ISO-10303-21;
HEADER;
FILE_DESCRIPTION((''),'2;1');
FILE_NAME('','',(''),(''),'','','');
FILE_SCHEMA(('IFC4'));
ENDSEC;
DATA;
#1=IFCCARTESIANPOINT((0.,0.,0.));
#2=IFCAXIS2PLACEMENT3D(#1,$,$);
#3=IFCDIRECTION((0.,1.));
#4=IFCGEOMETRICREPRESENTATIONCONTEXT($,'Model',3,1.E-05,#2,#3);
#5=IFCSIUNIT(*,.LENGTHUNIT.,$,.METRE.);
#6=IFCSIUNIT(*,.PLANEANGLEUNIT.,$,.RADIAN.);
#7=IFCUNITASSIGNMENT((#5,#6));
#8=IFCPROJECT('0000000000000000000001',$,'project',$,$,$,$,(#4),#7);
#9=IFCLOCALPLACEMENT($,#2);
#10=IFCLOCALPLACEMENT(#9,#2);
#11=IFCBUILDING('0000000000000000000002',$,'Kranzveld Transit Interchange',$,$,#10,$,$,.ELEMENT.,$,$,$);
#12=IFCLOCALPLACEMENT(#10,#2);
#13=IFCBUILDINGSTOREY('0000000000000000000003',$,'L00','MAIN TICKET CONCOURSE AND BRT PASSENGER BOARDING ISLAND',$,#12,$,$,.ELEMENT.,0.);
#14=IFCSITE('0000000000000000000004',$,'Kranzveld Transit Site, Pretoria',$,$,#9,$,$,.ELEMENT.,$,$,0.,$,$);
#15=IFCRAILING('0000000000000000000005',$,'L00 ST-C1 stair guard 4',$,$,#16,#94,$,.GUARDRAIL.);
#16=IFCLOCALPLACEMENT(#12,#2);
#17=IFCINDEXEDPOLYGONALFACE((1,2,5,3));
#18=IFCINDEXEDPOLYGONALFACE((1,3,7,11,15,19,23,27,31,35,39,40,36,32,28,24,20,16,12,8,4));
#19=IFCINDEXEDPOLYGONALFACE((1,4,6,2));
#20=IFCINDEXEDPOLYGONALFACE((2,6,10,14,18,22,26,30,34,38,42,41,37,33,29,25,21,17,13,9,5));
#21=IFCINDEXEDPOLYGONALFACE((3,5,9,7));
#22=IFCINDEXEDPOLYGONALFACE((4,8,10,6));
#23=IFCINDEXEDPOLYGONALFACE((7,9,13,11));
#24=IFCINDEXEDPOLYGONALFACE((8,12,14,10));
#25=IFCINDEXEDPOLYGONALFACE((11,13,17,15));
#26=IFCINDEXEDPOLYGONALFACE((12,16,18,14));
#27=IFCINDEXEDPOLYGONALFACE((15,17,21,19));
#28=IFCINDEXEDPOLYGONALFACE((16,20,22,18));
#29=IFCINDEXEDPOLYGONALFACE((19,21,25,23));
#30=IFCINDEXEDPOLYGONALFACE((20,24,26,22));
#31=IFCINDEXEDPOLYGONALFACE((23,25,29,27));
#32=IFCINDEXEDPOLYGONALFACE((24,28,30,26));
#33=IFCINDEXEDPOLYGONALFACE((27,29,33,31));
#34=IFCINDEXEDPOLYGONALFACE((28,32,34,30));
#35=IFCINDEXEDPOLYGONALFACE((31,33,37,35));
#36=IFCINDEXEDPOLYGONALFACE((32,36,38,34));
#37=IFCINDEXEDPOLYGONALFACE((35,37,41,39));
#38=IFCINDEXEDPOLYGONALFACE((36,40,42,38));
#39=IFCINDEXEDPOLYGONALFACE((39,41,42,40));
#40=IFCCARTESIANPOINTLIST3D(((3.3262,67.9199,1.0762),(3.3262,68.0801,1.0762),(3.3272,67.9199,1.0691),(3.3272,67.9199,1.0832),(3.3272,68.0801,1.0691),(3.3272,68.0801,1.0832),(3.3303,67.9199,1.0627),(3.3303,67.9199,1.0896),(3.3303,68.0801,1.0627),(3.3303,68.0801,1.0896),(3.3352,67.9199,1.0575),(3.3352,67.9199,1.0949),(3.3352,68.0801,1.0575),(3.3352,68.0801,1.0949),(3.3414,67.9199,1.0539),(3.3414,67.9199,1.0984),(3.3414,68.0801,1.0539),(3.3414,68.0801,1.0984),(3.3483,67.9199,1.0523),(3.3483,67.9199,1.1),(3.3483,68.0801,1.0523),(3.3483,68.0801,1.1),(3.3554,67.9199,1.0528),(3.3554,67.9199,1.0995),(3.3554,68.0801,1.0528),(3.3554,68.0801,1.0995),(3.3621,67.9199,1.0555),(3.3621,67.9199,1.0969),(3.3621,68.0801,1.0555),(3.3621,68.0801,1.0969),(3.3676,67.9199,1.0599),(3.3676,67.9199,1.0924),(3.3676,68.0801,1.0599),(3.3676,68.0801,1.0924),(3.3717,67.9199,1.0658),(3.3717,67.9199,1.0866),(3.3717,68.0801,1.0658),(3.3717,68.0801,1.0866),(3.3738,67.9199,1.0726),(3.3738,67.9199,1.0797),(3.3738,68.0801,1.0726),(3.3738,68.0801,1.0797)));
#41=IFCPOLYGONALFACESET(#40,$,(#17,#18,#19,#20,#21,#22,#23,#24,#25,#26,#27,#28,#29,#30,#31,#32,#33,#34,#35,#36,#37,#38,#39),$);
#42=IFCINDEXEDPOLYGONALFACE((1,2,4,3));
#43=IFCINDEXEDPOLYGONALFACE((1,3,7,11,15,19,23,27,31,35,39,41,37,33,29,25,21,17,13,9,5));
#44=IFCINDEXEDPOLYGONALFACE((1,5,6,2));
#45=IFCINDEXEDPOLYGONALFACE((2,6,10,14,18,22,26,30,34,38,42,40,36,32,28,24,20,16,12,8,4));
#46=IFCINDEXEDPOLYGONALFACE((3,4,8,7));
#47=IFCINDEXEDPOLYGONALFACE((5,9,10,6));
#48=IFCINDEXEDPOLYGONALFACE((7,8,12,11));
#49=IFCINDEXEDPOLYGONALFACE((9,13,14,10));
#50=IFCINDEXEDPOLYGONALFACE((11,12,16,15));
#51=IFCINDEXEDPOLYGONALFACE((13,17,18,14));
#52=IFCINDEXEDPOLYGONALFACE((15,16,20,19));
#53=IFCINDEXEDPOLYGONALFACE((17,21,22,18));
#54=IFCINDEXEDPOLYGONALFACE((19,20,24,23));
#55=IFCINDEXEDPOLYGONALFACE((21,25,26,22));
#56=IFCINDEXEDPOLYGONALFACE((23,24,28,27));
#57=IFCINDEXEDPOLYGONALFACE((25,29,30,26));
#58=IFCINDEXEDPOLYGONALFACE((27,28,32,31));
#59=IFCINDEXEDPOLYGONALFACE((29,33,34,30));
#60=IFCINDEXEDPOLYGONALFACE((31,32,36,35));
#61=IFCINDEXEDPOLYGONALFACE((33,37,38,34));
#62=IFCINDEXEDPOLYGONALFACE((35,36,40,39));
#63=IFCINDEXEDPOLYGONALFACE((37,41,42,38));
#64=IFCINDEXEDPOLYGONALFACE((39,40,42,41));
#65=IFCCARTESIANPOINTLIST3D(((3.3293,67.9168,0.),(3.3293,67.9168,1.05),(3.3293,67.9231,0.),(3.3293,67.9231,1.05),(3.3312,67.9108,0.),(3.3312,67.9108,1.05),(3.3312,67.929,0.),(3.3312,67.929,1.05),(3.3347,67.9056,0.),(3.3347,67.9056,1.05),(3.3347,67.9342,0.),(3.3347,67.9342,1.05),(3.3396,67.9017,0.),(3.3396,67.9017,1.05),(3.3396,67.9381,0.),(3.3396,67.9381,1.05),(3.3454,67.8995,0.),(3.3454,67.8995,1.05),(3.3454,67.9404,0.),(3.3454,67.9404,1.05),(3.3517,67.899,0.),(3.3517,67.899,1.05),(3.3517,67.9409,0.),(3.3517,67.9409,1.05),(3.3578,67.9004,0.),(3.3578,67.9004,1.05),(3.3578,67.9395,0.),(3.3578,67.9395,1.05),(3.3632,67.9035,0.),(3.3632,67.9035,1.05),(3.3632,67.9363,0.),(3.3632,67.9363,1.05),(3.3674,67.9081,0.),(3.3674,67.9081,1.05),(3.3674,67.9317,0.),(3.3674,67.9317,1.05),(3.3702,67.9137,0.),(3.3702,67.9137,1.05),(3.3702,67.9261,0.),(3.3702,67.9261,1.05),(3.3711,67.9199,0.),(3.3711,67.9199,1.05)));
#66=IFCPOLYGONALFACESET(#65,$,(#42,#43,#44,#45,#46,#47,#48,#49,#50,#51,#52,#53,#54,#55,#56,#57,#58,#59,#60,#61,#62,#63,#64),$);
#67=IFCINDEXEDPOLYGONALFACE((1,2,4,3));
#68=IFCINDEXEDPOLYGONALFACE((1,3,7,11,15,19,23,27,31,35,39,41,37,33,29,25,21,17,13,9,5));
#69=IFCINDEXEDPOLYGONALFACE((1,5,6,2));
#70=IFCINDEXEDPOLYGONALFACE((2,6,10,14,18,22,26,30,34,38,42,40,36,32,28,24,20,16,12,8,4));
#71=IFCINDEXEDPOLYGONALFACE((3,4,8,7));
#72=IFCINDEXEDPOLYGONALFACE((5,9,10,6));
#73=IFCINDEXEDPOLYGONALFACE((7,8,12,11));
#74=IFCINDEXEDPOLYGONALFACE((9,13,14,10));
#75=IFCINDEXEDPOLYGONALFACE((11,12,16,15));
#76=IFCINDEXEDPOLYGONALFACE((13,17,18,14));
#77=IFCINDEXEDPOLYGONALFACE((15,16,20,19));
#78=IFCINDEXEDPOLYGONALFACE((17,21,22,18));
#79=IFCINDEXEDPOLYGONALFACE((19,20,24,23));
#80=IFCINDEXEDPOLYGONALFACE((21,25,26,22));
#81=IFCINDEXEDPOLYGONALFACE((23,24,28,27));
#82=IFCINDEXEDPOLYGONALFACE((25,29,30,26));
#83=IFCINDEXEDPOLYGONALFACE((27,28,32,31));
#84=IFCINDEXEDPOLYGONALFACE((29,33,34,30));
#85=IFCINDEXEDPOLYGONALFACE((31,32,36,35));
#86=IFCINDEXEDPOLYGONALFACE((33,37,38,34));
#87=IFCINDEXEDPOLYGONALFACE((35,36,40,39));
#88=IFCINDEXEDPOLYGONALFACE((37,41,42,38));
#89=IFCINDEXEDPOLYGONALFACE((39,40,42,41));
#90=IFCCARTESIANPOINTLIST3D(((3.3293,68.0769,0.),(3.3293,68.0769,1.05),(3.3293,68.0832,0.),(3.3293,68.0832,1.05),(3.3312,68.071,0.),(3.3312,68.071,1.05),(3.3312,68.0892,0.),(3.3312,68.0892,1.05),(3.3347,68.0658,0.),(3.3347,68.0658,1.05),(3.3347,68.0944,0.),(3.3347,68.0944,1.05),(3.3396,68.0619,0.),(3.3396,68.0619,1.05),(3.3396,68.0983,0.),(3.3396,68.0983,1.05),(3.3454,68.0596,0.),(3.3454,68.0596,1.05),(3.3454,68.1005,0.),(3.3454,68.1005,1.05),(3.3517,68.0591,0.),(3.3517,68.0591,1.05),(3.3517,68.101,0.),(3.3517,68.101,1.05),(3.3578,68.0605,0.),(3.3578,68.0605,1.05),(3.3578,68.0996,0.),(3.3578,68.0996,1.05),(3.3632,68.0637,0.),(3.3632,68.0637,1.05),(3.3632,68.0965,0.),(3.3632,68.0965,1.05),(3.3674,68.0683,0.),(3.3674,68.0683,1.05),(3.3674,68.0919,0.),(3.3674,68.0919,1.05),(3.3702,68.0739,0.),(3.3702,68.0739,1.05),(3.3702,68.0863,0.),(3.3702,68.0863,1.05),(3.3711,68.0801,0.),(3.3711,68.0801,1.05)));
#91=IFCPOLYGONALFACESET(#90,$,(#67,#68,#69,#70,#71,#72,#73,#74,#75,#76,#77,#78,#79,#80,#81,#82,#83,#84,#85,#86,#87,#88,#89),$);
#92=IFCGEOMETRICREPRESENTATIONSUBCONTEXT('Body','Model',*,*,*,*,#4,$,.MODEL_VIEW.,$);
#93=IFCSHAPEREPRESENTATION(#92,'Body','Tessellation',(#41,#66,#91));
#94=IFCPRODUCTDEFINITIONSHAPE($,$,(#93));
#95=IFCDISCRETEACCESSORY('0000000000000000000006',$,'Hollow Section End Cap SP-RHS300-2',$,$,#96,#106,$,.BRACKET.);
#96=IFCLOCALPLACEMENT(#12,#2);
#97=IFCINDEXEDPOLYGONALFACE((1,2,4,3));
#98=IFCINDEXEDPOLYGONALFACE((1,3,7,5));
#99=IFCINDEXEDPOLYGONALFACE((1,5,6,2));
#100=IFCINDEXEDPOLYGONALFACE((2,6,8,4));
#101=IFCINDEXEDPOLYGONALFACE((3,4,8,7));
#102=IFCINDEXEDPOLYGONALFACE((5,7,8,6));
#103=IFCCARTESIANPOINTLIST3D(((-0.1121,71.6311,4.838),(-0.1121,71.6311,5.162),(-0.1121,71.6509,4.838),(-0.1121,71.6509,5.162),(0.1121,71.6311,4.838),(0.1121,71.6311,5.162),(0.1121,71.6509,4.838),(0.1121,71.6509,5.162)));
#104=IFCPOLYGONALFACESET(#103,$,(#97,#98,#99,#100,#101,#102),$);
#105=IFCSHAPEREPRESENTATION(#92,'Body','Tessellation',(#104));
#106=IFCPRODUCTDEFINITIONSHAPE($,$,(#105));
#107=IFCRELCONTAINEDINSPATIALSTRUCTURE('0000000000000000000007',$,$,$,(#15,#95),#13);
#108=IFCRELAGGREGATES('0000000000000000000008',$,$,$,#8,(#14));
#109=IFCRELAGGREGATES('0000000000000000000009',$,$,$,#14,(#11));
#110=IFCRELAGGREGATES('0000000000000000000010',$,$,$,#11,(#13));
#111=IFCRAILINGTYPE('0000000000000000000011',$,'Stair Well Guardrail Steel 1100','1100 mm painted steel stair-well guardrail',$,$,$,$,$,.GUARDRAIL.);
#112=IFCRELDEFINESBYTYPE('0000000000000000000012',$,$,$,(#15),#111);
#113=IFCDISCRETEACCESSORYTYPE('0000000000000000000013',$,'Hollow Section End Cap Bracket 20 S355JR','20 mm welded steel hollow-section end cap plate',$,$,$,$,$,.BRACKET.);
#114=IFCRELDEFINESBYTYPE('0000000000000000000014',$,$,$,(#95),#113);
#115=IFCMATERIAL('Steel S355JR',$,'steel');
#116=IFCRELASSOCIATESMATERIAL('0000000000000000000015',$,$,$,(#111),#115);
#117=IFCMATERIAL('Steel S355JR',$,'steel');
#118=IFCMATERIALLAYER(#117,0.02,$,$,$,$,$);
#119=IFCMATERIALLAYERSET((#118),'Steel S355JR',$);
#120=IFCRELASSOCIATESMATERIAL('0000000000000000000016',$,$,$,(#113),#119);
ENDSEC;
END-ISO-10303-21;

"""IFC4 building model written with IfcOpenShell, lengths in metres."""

from ifc_helpers import new_model, si_unit, direction, frame, origin, origin_2d, place, context, subcontext, project, spatial, rectangle, circle, extrude, material, layer, layer_set, type_object, element, save


model = new_model("IFC4")

# Units and contexts
model_context = context("Model", 3, precision=1e-05, world=origin(), true_north=direction((0.0, 1.0)))
body_context = subcontext(model_context, "Body", "Model", "MODEL_VIEW")
ifc_project = project(units=[si_unit("LENGTHUNIT", "METRE"), si_unit("PLANEANGLEUNIT", "RADIAN")], contexts=[model_context])

# Site, building, storey
site_placement = place(None, origin())
site = spatial("IfcSite", under=ifc_project, at=site_placement, Name="Kranzveld Transit Site, Pretoria", CompositionType="ELEMENT", RefElevation=0.0)
building_placement = place(site_placement, origin())
building = spatial("IfcBuilding", under=site, at=building_placement, Name="Kranzveld Transit Interchange", CompositionType="ELEMENT")
storey_placement = place(building_placement, origin())
storey = spatial("IfcBuildingStorey", under=building, at=storey_placement, Name="L00", Description="MAIN TICKET CONCOURSE AND BRT PASSENGER BOARDING ISLAND", CompositionType="ELEMENT", Elevation=0.0)

# Railing
ifc_material_1 = material(Name="Steel S355JR", Category="steel")
railing_type_1 = type_object("IfcRailingType", Name="Stair Well Guardrail Steel 1100", Description="1100 mm painted steel stair-well guardrail", PredefinedType="GUARDRAIL", material=ifc_material_1)
railing_1_placement = place(storey_placement, frame((3.3501, 67.9199, 0.0)))
element("IfcRailing", 1, at=railing_1_placement, inside=storey, type_object=railing_type_1, Name="L00 ST-C1 stair guard 4", PredefinedType="GUARDRAIL", context=body_context, shape_type="SweptSolid", body=[
    extrude(circle(Radius=0.0239, at=origin_2d()), frame((0.0, 0.0, 1.0762), z_axis=(0.0, 1.0, 0.0), x_axis=(-1.0, 0.0, 0.0)), (0.0, 0.0, 1.0), 0.1602),
    extrude(circle(Radius=0.021, at=origin_2d()), origin(), (0.0, 0.0, 1.0), 1.05),
    extrude(circle(Radius=0.021, at=origin_2d()), frame((0.0, 0.1602, 0.0)), (0.0, 0.0, 1.0), 1.05),
])

# Discrete accessory
ifc_material_2 = material(Name="Steel S355JR", Category="steel")
ifc_layer_1 = layer(ifc_material_2, 0.02)
ifc_layer_set_1 = layer_set([ifc_layer_1], Name="Steel S355JR")
discrete_accessory_type = type_object("IfcDiscreteAccessoryType", Name="Hollow Section End Cap Bracket 20 S355JR", Description="20 mm welded steel hollow-section end cap plate", PredefinedType="BRACKET", material=ifc_layer_set_1)
discrete_accessory_placement = place(storey_placement, frame((0.0, 71.6311, 5.0), z_axis=(0.0, 1.0, 0.0), x_axis=(-1.0, 0.0, 0.0)))
element("IfcDiscreteAccessory", 2, at=discrete_accessory_placement, inside=storey, type_object=discrete_accessory_type, Name="Hollow Section End Cap SP-RHS300-2", PredefinedType="BRACKET", context=body_context, shape_type="SweptSolid", body=[
    extrude(rectangle(XDim=0.2241, YDim=0.324, at=origin_2d()), origin(), (0.0, 0.0, 1.0), 0.0198),
])

save(model, "model.ifc")
